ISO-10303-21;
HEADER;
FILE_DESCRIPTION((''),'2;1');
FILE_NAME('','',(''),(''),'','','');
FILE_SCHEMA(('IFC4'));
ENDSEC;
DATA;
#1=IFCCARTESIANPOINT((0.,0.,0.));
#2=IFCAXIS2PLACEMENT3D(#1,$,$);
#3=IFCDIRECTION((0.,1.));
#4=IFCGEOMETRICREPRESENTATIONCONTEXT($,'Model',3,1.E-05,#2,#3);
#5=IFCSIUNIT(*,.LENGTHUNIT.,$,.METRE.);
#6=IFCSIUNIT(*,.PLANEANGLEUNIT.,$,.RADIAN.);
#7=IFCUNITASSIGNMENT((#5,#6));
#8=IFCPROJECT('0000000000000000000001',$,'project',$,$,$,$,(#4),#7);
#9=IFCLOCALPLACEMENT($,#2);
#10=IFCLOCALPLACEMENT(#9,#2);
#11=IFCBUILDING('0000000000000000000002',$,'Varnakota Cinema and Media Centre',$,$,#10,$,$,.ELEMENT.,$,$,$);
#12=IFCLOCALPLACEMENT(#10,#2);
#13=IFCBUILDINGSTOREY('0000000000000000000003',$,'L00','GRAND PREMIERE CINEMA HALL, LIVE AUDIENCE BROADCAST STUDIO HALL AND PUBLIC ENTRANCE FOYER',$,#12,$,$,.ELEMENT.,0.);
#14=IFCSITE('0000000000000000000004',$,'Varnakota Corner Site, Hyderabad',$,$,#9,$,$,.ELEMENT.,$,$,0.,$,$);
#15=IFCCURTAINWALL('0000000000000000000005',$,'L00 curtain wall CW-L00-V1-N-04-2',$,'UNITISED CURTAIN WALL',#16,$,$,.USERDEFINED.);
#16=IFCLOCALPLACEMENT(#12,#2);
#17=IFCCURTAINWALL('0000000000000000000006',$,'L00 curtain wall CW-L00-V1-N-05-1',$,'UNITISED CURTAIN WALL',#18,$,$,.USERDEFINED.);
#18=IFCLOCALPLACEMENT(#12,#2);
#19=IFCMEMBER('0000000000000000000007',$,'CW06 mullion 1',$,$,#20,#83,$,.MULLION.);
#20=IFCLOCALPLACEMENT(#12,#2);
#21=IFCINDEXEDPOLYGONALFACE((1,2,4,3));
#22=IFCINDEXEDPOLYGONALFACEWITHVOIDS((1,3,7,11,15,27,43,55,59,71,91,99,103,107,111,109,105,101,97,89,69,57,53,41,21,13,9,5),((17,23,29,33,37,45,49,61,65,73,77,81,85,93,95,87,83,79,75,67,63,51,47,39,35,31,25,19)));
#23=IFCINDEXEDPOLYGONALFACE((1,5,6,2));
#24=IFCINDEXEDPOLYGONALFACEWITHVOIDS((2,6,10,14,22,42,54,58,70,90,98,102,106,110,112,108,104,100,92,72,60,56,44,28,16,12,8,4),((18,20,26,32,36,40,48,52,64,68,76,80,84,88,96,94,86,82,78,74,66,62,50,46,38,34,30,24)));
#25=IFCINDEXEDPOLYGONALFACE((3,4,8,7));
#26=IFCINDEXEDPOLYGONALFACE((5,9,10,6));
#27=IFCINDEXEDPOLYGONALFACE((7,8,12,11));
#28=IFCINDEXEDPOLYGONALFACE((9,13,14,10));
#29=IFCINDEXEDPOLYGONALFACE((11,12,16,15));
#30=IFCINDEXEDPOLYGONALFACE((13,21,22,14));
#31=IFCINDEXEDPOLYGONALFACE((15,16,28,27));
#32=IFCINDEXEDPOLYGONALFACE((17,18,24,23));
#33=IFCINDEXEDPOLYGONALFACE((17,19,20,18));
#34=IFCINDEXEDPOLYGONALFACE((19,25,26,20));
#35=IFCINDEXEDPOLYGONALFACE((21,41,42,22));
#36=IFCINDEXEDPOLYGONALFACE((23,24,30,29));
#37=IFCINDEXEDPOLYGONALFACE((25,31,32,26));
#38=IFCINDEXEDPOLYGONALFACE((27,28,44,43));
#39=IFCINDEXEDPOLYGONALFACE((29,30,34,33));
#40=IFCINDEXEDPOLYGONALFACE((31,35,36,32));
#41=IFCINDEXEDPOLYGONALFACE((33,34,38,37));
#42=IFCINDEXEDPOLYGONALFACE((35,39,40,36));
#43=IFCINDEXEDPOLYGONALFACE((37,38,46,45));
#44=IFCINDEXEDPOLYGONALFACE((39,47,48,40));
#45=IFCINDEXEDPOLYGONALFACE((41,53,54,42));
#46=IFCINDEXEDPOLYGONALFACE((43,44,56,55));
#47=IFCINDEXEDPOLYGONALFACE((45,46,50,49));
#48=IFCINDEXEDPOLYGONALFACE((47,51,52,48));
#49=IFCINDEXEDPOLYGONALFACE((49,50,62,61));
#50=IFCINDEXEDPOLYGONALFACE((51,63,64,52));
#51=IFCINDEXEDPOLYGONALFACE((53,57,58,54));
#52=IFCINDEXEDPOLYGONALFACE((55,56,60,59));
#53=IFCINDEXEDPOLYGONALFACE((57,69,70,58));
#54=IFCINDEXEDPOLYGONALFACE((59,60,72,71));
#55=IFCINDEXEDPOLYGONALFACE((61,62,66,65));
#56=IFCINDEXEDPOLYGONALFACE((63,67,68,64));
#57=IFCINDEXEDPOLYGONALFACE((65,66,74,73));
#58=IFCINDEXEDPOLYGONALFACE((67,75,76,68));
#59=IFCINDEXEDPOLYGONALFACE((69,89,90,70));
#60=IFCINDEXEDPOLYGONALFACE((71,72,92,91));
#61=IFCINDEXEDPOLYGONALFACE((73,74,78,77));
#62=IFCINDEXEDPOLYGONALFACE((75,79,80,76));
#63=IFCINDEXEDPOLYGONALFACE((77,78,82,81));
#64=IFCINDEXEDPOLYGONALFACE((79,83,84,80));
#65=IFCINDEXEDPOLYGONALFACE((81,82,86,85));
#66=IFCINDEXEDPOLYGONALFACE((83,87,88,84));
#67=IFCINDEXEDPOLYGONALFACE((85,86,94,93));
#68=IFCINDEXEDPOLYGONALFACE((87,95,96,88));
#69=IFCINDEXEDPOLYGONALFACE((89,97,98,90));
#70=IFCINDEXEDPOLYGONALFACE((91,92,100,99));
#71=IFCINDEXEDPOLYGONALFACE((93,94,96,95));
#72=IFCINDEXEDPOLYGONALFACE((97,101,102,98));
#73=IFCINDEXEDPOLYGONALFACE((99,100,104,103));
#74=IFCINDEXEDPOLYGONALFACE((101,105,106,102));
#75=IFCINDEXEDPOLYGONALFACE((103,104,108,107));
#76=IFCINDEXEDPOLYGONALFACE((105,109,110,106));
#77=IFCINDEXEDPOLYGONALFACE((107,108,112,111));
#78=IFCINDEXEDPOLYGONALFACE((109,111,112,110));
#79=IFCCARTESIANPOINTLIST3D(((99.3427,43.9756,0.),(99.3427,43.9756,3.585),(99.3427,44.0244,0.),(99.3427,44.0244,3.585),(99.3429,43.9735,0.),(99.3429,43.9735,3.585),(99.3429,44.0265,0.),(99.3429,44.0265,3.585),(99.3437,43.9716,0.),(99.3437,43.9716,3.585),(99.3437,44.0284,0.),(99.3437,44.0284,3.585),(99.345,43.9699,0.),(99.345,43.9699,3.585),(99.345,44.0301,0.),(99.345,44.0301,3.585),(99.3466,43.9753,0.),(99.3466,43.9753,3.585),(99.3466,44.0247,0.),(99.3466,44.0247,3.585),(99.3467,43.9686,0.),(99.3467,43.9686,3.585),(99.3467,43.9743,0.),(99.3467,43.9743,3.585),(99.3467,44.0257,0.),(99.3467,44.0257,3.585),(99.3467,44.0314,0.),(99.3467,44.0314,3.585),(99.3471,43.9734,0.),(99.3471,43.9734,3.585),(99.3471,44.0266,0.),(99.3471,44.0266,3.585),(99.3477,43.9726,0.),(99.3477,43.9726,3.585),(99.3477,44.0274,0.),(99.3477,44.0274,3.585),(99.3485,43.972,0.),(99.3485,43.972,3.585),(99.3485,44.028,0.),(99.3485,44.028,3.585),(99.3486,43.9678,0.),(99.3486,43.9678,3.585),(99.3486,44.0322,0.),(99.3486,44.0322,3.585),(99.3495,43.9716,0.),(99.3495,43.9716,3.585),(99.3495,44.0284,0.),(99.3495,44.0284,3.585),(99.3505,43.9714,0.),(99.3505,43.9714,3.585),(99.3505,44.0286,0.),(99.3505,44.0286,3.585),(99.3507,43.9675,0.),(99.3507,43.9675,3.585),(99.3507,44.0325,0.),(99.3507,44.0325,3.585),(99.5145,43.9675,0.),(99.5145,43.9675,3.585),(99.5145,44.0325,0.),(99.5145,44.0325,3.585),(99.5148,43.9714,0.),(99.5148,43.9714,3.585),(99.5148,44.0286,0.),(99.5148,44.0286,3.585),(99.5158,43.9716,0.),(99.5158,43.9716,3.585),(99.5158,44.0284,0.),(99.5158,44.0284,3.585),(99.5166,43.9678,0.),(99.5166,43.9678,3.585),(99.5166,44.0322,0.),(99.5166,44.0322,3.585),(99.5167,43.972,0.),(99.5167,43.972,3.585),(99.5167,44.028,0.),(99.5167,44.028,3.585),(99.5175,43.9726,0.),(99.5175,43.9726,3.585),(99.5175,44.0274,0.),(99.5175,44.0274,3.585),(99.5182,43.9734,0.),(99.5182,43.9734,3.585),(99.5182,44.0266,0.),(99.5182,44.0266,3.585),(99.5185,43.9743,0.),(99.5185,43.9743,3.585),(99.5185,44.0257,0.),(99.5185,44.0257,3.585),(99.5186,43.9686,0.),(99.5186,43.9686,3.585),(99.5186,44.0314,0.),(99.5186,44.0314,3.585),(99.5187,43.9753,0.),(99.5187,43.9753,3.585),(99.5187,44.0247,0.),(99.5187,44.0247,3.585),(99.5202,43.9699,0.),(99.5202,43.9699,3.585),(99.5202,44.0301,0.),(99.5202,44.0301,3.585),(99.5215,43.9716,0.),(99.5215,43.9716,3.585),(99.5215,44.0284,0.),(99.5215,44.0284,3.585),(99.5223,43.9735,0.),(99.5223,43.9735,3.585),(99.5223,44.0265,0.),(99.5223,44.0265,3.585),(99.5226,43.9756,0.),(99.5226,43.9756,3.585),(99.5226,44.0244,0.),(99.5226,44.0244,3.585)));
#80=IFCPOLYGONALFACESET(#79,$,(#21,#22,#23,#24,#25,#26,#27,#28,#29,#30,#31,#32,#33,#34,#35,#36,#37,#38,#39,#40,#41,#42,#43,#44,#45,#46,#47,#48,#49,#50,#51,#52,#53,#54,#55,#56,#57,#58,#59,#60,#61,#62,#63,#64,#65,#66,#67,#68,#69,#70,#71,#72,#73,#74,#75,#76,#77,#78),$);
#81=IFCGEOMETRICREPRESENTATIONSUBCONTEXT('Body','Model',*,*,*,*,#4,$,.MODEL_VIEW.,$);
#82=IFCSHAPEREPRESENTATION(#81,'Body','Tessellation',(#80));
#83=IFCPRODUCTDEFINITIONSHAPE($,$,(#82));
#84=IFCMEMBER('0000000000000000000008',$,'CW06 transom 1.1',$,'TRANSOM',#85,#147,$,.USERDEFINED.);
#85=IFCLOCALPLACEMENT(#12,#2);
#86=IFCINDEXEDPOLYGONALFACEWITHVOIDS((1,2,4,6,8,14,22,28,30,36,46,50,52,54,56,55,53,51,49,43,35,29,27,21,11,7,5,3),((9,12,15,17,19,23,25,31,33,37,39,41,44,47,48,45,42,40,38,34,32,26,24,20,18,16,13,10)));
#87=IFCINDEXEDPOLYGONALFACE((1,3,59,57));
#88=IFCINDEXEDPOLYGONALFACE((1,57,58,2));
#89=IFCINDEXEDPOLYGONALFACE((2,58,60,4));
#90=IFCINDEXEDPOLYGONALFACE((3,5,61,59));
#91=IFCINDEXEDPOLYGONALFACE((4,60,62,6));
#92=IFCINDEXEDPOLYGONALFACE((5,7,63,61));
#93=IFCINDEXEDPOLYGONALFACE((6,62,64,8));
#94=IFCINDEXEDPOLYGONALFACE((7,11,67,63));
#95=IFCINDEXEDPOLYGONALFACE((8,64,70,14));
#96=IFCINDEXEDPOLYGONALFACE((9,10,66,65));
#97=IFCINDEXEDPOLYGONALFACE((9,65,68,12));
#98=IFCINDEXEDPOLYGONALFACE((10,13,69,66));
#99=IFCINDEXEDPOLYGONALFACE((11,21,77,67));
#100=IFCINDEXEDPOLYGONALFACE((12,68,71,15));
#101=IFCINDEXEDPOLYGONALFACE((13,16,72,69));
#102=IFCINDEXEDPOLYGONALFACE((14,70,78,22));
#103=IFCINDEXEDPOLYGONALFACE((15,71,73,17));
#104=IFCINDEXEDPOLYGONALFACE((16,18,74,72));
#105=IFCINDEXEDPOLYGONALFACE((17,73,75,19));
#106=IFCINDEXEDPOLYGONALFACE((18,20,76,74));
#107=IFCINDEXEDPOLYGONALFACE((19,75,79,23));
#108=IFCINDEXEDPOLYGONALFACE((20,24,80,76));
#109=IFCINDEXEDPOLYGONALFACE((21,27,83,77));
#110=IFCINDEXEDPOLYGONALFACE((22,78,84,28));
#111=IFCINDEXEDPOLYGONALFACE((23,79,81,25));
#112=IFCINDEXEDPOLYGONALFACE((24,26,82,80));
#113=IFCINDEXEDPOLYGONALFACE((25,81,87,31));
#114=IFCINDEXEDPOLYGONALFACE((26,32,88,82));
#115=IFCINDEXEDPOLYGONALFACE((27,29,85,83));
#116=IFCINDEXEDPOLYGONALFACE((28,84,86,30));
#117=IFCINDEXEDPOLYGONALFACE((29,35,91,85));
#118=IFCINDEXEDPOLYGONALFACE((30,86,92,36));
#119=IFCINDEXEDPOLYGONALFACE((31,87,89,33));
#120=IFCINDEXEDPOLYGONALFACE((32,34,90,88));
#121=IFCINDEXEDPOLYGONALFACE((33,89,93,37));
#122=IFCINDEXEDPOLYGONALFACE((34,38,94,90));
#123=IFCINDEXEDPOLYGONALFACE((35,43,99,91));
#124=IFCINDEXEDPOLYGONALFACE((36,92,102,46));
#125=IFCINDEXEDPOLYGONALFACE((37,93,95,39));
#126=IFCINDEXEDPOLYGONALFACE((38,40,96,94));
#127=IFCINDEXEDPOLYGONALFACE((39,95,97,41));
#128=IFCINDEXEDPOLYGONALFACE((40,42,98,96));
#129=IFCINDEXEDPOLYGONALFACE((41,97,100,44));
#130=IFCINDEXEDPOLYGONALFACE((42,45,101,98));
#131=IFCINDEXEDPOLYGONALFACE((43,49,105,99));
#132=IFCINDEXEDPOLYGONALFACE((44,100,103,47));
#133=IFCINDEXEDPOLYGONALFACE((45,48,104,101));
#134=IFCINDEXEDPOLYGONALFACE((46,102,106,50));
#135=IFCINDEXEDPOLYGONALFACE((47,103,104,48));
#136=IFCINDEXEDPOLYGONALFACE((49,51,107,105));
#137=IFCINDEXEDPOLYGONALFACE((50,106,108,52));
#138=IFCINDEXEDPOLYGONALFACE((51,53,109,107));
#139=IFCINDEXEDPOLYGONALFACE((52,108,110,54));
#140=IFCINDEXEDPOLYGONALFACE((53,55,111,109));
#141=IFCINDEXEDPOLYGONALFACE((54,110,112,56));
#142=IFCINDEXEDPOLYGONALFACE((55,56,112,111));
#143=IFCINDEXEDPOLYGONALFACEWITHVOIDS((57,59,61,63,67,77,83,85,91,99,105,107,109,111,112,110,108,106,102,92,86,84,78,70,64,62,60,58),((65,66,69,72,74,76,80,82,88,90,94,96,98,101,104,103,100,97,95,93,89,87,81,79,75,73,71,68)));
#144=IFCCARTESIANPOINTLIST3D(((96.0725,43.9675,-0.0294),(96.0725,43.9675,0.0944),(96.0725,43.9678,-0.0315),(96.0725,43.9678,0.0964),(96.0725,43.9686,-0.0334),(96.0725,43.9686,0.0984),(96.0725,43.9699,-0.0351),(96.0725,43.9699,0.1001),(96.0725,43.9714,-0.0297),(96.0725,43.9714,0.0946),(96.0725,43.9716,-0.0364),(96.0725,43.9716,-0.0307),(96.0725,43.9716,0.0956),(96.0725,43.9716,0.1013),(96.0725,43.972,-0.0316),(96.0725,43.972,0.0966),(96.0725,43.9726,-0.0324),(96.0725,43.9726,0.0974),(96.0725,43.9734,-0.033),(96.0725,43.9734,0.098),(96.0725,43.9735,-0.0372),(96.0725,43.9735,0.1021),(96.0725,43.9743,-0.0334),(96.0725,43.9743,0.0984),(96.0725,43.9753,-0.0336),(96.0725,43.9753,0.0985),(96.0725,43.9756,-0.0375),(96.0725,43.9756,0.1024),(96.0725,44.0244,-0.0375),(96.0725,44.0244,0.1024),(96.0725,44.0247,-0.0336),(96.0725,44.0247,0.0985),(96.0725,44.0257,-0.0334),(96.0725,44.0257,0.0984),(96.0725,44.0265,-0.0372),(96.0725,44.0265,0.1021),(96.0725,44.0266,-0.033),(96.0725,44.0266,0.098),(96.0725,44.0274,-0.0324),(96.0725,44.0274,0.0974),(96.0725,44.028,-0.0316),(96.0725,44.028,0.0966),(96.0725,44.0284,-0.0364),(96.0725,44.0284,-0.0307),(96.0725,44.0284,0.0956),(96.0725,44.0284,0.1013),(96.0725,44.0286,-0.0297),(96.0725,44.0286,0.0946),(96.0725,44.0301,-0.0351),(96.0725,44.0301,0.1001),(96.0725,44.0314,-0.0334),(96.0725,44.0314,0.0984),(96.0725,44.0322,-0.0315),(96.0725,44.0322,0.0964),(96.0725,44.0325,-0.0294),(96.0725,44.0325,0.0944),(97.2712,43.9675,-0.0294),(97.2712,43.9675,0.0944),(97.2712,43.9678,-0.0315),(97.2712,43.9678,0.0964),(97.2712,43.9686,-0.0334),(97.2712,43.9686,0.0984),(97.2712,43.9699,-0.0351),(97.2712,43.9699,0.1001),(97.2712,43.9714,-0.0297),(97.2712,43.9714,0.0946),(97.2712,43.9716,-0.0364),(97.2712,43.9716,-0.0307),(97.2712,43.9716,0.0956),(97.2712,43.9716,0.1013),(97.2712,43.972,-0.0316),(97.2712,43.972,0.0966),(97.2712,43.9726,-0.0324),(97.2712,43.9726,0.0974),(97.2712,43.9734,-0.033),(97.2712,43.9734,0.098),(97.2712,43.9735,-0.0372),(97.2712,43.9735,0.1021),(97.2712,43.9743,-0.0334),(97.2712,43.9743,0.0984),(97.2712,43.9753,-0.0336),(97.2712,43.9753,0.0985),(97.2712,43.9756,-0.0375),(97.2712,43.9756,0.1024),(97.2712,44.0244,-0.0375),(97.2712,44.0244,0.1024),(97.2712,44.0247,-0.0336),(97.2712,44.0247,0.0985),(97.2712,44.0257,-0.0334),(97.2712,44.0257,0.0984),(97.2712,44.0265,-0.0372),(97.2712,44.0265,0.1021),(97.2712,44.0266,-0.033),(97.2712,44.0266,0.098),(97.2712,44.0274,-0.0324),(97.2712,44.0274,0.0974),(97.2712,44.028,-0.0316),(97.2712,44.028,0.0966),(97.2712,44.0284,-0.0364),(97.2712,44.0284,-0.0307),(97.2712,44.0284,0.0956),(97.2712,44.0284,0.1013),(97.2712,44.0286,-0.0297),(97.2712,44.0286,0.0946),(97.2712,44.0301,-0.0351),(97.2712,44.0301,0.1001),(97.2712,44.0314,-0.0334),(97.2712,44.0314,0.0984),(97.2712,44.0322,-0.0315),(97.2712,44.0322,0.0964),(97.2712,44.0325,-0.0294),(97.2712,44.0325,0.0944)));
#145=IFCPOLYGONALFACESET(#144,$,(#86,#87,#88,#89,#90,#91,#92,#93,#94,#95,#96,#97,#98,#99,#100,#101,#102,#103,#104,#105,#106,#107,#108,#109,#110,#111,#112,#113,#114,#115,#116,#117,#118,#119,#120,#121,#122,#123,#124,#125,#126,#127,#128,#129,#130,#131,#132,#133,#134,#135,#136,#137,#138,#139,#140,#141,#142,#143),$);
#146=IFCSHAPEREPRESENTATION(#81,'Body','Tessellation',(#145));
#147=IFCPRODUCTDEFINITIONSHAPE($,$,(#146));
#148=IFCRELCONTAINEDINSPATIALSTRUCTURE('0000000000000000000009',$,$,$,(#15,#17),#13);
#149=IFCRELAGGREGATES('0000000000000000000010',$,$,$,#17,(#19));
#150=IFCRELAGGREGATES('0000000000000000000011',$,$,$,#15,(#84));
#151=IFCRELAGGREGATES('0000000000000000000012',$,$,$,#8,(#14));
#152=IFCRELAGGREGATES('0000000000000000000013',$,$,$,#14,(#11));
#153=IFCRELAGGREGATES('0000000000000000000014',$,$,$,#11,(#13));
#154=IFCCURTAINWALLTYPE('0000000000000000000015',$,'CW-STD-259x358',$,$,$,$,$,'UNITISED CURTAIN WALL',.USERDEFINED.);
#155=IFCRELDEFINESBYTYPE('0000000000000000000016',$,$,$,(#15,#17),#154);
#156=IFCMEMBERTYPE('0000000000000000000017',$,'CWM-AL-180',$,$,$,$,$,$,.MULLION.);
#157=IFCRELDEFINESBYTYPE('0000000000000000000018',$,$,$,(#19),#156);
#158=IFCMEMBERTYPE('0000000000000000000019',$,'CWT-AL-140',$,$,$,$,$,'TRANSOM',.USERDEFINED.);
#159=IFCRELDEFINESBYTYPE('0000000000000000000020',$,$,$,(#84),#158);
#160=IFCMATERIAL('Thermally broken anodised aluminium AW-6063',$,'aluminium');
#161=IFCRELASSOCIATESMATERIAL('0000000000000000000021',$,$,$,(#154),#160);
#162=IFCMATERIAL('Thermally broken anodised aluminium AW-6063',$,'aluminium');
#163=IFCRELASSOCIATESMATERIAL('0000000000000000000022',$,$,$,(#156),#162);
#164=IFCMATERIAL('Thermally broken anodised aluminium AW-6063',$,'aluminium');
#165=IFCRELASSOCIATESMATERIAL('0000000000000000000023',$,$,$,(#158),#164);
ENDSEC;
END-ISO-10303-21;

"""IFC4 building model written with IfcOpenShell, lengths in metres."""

from ifc_helpers import new_model, si_unit, direction, frame, origin, origin_2d, place, context, subcontext, project, spatial, hollow_rectangle, extrude, material, material_profile, profile_set, type_object, element, aggregate, save


model = new_model("IFC4")

# Units and contexts
model_context = context("Model", 3, precision=1e-05, world=origin(), true_north=direction((0.0, 1.0)))
body_context = subcontext(model_context, "Body", "Model", "MODEL_VIEW")
ifc_project = project(units=[si_unit("LENGTHUNIT", "METRE"), si_unit("PLANEANGLEUNIT", "RADIAN")], contexts=[model_context])

# Site, building, storey
site_placement = place(None, origin())
site = spatial("IfcSite", under=ifc_project, at=site_placement, Name="Varnakota Corner Site, Hyderabad", CompositionType="ELEMENT", RefElevation=0.0)
building_placement = place(site_placement, origin())
building = spatial("IfcBuilding", under=site, at=building_placement, Name="Varnakota Cinema and Media Centre", CompositionType="ELEMENT")
storey_placement = place(building_placement, origin())
storey = spatial("IfcBuildingStorey", under=building, at=storey_placement, Name="L00", Description="GRAND PREMIERE CINEMA HALL, LIVE AUDIENCE BROADCAST STUDIO HALL AND PUBLIC ENTRANCE FOYER", CompositionType="ELEMENT", Elevation=0.0)

# Shared definitions
ifc_material_1 = material(Name="Thermally broken anodised aluminium AW-6063", Category="aluminium")
curtain_wall_type = type_object("IfcCurtainWallType", Name="CW-STD-259x358", ElementType="UNITISED CURTAIN WALL", PredefinedType="USERDEFINED", material=ifc_material_1)
ifc_material_2 = material(Name="Thermally broken anodised aluminium AW-6063", Category="aluminium")
ifc_material_profile_1 = material_profile(ifc_material_2, hollow_rectangle(XDim=0.0649, YDim=0.1799, WallThickness=0.0039, InnerFilletRadius=0.0039, OuterFilletRadius=0.0081, at=origin_2d()), Name="AL-MULLION 180x65x4")
ifc_profile_set_1 = profile_set([ifc_material_profile_1], Name="Thermally broken anodised aluminium AW-6063")
member_type_1 = type_object("IfcMemberType", Name="CWM-AL-180", PredefinedType="MULLION", material=ifc_profile_set_1)

# Curtain wall
curtain_wall_1_placement = place(storey_placement, origin())
curtain_wall_1 = element("IfcCurtainWall", 1, at=curtain_wall_1_placement, inside=storey, type_object=curtain_wall_type, Name="L00 curtain wall CW-L00-V1-N-04-2", ObjectType="UNITISED CURTAIN WALL", PredefinedType="USERDEFINED")

# Curtain wall, member
curtain_wall_2_placement = place(storey_placement, origin())
curtain_wall_2 = element("IfcCurtainWall", 2, at=curtain_wall_2_placement, inside=storey, type_object=curtain_wall_type, Name="L00 curtain wall CW-L00-V1-N-05-1", ObjectType="UNITISED CURTAIN WALL", PredefinedType="USERDEFINED")
member_1_placement = place(storey_placement, frame((99.4326, 44.0, 0.0), z_axis=(0.0, 0.0, 1.0), x_axis=(0.0, 1.0, 0.0)))
member_1 = element("IfcMember", 3, at=member_1_placement, type_object=member_type_1, Name="CW06 mullion 1", PredefinedType="MULLION", context=body_context, shape_type="SweptSolid", body=[
    extrude(hollow_rectangle(XDim=0.0649, YDim=0.1799, WallThickness=0.0039, InnerFilletRadius=0.0039, OuterFilletRadius=0.0081, at=origin_2d()), origin(), (0.0, 0.0, 1.0), 3.585),
])

# Member
ifc_material_3 = material(Name="Thermally broken anodised aluminium AW-6063", Category="aluminium")
ifc_material_profile_2 = material_profile(ifc_material_3, hollow_rectangle(XDim=0.0649, YDim=0.1399, WallThickness=0.0039, InnerFilletRadius=0.0039, OuterFilletRadius=0.0081, at=origin_2d()), Name="AL-TRANSOM 140x65x4")
ifc_profile_set_2 = profile_set([ifc_material_profile_2], Name="Thermally broken anodised aluminium AW-6063")
member_type_2 = type_object("IfcMemberType", Name="CWT-AL-140", ElementType="TRANSOM", PredefinedType="USERDEFINED", material=ifc_profile_set_2)
member_2_placement = place(storey_placement, frame((96.0725, 44.0, 0.0325), z_axis=(1.0, 0.0, 0.0), x_axis=(0.0, 1.0, 0.0)))
member_2 = element("IfcMember", 4, at=member_2_placement, type_object=member_type_2, Name="CW06 transom 1.1", ObjectType="TRANSOM", PredefinedType="USERDEFINED", context=body_context, shape_type="SweptSolid", body=[
    extrude(hollow_rectangle(XDim=0.0649, YDim=0.1399, WallThickness=0.0039, InnerFilletRadius=0.0039, OuterFilletRadius=0.0081, at=origin_2d()), origin(), (0.0, 0.0, 1.0), 1.1987),
])
aggregate(curtain_wall_2, [member_1])

aggregate(curtain_wall_1, [member_2])

save(model, "model.ifc")
